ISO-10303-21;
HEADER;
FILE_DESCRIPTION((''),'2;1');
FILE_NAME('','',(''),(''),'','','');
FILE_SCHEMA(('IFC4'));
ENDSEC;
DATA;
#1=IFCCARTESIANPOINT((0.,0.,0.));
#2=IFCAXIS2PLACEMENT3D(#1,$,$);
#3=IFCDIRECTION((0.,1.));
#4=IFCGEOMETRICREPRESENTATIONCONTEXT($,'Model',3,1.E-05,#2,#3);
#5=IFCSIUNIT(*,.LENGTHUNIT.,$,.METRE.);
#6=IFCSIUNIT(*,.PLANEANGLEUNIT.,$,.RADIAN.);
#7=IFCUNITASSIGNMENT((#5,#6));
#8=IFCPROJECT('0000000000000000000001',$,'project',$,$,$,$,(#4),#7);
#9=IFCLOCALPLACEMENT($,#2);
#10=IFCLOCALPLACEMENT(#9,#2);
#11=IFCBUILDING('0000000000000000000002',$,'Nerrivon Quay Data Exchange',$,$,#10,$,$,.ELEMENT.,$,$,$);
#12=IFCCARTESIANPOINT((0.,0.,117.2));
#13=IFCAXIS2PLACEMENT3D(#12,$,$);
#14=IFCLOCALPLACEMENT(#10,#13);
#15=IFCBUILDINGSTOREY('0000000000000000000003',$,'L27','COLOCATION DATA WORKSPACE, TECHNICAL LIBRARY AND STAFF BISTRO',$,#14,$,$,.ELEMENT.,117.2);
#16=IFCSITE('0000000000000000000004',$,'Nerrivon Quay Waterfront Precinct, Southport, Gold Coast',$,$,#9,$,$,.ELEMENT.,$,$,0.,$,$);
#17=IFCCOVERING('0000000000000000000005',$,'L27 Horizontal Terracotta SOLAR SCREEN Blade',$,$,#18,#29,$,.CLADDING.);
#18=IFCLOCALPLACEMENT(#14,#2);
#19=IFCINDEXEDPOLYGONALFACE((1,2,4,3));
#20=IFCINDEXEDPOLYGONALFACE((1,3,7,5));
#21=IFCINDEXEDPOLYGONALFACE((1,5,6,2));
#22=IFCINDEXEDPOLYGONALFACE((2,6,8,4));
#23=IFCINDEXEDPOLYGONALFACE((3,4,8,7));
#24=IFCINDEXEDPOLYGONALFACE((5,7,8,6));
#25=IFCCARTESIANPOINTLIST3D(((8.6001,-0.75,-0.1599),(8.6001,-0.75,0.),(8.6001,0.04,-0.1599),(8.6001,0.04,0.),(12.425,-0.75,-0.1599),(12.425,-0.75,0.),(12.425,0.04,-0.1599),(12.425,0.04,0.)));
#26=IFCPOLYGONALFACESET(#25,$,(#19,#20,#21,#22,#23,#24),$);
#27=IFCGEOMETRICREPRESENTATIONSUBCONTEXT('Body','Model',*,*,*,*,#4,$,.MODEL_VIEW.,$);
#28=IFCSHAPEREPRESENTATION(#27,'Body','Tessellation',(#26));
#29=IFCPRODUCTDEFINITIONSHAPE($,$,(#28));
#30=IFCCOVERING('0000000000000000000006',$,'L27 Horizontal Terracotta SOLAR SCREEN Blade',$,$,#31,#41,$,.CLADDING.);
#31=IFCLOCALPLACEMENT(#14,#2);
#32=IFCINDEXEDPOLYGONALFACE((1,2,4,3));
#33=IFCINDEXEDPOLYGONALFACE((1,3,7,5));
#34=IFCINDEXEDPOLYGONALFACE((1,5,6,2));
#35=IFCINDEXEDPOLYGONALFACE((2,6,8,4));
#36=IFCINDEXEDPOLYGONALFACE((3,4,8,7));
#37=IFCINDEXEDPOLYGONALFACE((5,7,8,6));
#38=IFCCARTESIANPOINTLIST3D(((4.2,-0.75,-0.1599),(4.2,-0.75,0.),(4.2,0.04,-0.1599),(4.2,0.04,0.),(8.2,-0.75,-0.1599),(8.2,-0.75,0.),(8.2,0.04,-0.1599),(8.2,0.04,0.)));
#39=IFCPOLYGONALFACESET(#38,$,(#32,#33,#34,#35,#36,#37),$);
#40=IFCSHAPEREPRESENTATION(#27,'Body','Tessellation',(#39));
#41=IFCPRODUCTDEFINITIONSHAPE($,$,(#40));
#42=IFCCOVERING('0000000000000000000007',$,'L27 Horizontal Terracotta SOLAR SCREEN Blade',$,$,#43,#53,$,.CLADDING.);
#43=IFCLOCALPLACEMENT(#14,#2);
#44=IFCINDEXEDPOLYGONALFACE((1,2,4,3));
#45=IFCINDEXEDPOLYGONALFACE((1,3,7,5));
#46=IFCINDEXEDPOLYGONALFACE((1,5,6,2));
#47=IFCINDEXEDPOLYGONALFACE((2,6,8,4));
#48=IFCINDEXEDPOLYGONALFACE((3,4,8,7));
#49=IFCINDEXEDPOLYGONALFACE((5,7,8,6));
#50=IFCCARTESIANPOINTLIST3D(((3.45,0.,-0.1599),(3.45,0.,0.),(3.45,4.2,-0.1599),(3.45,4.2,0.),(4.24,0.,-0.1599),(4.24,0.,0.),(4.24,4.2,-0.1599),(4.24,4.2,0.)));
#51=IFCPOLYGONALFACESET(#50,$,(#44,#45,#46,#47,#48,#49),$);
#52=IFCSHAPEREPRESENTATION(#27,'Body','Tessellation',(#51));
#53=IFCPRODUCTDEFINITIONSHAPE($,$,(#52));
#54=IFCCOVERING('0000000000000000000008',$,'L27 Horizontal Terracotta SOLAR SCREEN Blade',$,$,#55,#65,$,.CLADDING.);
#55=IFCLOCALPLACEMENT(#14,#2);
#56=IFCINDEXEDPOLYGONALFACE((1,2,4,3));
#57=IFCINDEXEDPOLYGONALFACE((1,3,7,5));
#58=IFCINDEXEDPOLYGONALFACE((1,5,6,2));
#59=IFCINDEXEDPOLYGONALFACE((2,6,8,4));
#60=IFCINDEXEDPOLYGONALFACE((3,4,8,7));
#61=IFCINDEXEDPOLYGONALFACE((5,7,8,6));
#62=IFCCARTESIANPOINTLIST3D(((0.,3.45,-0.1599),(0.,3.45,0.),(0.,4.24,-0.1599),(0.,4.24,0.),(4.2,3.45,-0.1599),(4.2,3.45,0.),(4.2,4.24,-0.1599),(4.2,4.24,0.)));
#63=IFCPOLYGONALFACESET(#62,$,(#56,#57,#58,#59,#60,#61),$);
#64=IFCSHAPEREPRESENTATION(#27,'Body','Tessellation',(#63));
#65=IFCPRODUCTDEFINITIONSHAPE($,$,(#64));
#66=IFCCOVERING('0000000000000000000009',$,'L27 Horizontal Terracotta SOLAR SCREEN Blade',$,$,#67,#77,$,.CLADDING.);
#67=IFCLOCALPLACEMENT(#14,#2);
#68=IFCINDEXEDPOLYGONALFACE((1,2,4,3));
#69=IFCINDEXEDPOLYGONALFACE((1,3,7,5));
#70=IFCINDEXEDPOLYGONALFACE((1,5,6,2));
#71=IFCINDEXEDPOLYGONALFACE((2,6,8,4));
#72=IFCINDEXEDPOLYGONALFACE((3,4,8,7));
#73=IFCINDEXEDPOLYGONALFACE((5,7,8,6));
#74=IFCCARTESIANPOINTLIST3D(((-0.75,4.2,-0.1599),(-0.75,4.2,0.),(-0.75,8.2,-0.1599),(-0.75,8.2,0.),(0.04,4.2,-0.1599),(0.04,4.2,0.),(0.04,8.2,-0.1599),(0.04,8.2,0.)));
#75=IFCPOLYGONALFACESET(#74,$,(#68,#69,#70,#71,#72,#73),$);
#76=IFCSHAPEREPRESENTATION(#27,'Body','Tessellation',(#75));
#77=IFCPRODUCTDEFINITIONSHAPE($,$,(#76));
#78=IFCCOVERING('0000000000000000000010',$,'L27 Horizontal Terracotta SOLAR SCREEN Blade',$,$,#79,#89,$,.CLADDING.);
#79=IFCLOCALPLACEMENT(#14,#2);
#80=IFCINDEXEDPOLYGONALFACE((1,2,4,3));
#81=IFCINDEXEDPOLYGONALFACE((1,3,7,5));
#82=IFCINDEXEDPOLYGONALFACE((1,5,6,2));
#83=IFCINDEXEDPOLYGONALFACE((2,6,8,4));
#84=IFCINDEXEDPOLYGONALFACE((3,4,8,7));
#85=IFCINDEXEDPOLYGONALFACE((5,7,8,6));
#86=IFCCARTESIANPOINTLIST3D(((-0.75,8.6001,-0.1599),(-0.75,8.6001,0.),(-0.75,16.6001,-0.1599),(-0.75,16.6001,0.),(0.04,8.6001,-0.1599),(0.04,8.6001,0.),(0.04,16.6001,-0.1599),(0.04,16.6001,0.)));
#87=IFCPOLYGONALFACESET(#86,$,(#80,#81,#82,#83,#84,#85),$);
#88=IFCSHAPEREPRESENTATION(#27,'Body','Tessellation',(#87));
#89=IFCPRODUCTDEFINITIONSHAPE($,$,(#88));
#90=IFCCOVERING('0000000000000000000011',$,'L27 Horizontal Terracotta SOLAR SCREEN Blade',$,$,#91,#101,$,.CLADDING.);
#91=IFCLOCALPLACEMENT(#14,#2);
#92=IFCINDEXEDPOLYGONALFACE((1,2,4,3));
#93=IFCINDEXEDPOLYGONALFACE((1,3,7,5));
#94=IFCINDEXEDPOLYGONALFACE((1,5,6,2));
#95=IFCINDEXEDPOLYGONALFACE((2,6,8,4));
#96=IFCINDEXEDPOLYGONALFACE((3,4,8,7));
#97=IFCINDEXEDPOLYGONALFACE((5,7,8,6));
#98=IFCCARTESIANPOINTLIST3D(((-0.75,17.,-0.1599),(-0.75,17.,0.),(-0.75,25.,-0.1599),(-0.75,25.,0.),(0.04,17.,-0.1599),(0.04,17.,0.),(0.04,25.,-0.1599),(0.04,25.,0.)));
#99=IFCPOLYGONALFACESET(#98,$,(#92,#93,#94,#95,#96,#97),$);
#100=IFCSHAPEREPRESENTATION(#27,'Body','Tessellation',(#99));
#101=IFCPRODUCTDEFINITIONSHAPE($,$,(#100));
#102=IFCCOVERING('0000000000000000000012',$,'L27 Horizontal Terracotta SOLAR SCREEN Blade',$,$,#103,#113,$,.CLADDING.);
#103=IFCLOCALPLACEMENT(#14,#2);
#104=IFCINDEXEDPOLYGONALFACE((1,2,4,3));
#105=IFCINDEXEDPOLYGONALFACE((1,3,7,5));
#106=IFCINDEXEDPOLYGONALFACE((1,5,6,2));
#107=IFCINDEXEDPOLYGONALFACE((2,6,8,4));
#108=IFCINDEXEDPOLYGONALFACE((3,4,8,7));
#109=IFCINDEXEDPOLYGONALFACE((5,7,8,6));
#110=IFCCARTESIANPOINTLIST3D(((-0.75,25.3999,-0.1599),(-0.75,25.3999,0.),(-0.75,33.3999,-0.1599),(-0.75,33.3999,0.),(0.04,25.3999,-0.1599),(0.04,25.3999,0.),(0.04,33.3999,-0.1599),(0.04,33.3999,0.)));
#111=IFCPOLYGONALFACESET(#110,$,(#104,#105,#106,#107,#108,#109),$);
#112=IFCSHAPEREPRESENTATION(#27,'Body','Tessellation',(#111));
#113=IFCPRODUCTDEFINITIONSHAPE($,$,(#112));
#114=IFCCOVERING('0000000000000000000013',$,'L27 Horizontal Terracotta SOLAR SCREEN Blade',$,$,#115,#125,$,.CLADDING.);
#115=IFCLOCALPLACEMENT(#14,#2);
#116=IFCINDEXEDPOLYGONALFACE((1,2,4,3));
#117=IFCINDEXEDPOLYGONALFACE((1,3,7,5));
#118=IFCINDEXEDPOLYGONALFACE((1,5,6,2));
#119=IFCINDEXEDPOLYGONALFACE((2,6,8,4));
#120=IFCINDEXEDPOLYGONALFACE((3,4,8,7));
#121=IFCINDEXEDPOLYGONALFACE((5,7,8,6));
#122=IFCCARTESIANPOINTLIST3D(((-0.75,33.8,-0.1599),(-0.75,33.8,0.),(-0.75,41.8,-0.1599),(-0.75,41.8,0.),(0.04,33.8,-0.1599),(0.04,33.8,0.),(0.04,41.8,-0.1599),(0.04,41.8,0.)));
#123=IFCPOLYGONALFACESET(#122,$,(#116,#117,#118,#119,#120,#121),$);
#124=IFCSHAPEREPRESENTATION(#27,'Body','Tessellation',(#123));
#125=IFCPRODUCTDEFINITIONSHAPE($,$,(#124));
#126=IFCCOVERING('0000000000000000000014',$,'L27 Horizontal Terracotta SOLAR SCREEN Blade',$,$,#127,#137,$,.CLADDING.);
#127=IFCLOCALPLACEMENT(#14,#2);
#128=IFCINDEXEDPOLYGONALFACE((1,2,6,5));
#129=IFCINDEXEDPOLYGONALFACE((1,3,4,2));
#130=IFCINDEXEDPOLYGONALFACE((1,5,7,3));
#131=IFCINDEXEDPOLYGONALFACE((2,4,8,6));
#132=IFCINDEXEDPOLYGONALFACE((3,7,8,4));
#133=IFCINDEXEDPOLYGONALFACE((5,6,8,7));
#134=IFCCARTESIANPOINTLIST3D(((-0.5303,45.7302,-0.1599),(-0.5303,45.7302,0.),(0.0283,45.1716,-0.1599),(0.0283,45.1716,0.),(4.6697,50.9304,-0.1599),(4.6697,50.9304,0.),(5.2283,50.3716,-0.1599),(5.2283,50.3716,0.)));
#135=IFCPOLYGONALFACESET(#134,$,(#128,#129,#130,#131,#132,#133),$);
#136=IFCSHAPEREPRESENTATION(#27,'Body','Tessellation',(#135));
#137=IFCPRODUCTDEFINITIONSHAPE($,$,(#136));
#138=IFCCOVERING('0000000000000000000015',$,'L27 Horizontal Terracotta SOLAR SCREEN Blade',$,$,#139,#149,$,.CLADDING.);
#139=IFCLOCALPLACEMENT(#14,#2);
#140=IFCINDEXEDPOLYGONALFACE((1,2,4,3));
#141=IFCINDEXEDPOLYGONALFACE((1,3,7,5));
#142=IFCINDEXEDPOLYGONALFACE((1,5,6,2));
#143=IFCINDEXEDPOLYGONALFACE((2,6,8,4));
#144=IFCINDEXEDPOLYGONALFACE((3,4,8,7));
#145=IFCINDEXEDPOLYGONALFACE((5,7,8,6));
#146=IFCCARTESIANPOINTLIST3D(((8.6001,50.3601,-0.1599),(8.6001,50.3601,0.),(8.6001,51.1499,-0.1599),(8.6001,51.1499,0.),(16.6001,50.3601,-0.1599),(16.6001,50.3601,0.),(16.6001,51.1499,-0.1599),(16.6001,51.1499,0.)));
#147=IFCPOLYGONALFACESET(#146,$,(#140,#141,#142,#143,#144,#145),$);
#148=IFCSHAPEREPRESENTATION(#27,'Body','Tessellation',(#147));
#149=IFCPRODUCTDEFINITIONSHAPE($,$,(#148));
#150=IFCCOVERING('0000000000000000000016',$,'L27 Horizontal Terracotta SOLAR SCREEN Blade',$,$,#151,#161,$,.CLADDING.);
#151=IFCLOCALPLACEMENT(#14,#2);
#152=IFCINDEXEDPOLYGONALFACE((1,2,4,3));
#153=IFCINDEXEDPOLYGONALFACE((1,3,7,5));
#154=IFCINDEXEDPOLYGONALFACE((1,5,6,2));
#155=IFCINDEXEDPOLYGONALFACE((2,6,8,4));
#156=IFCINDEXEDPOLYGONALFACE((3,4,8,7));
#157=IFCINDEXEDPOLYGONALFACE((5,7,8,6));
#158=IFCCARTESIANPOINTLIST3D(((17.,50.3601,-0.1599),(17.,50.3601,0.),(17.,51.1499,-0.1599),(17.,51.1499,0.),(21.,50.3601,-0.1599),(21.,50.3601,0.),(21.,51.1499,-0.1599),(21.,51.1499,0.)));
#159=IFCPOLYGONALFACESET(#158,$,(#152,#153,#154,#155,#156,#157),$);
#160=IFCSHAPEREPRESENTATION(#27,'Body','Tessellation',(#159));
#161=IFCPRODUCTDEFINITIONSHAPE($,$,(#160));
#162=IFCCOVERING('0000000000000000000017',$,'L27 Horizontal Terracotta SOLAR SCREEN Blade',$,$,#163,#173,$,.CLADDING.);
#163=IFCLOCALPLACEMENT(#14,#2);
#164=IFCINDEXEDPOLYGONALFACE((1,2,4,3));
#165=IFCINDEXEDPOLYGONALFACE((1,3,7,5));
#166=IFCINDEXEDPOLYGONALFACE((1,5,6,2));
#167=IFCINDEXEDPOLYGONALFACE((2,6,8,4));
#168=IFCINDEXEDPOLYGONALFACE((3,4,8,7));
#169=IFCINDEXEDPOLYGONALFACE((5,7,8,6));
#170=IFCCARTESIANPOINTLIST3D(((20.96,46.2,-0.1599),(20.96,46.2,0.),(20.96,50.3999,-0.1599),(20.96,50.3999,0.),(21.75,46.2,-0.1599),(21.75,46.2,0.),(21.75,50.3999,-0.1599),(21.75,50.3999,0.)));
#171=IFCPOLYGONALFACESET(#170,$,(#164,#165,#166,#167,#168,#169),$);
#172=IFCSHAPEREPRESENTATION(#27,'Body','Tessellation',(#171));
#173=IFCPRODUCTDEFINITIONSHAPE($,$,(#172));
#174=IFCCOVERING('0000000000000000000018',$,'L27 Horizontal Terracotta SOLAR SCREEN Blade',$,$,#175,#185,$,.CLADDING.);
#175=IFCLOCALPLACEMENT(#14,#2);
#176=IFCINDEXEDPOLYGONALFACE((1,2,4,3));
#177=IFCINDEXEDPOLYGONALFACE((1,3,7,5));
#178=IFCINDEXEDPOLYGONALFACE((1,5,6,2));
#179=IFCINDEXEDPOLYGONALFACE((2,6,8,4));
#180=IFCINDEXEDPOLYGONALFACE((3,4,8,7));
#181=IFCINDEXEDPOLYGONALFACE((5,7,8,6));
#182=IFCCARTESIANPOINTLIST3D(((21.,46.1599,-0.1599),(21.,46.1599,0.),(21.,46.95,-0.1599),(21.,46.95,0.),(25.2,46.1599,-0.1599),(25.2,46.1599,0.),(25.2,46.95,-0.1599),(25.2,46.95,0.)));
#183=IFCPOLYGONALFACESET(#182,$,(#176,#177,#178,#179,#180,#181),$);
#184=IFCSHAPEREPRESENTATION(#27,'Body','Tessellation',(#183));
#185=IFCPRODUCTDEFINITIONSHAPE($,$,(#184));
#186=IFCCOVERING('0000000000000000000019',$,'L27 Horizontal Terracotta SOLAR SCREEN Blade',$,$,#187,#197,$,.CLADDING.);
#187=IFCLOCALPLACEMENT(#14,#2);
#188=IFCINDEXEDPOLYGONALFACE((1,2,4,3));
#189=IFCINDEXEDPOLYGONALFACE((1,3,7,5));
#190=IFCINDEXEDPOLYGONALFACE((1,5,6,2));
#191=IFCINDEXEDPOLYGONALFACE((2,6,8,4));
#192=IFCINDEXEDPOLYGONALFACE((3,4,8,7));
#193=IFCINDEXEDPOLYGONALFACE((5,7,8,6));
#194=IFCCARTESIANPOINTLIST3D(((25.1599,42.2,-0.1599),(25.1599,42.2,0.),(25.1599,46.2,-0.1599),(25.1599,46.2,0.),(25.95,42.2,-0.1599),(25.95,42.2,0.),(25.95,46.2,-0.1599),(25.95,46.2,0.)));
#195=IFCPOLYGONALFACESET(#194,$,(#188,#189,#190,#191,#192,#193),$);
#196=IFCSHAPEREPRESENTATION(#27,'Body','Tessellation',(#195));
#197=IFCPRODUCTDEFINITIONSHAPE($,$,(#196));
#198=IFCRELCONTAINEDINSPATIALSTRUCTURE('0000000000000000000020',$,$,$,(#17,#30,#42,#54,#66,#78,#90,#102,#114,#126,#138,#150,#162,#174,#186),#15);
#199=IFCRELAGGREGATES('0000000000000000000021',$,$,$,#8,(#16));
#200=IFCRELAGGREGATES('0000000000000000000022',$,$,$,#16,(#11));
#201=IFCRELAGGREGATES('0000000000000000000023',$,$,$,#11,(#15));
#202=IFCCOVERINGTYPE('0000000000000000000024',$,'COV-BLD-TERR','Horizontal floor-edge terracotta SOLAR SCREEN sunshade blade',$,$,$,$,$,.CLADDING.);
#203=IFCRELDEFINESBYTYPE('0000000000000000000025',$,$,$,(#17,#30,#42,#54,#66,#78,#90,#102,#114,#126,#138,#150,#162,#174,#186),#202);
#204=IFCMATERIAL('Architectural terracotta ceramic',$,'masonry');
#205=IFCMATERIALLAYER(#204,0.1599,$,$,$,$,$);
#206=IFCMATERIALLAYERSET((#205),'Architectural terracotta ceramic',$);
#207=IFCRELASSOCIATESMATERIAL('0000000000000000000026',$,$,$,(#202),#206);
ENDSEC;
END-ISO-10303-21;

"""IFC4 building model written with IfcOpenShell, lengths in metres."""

from ifc_helpers import new_model, si_unit, direction, frame, origin, place, context, subcontext, project, spatial, polyline, outline, extrude, material, layer, layer_set, type_object, element, save


model = new_model("IFC4")

# Units and contexts
model_context = context("Model", 3, precision=1e-05, world=origin(), true_north=direction((0.0, 1.0)))
body_context = subcontext(model_context, "Body", "Model", "MODEL_VIEW")
ifc_project = project(units=[si_unit("LENGTHUNIT", "METRE"), si_unit("PLANEANGLEUNIT", "RADIAN")], contexts=[model_context])

# Site, building, storey
site_placement = place(None, origin())
site = spatial("IfcSite", under=ifc_project, at=site_placement, Name="Nerrivon Quay Waterfront Precinct, Southport, Gold Coast", CompositionType="ELEMENT", RefElevation=0.0)
building_placement = place(site_placement, origin())
building = spatial("IfcBuilding", under=site, at=building_placement, Name="Nerrivon Quay Data Exchange", CompositionType="ELEMENT")
storey_placement = place(building_placement, frame((0.0, 0.0, 117.2)))
storey = spatial("IfcBuildingStorey", under=building, at=storey_placement, Name="L27", Description="COLOCATION DATA WORKSPACE, TECHNICAL LIBRARY AND STAFF BISTRO", CompositionType="ELEMENT", Elevation=117.2)

# Coverings
ifc_material_1 = material(Name="Architectural terracotta ceramic", Category="masonry")
ifc_layer_1 = layer(ifc_material_1, 0.1599)
ifc_layer_set_1 = layer_set([ifc_layer_1], Name="Architectural terracotta ceramic")
covering_type = type_object("IfcCoveringType", Name="COV-BLD-TERR", Description="Horizontal floor-edge terracotta SOLAR SCREEN sunshade blade", PredefinedType="CLADDING", material=ifc_layer_set_1)
covering_1_placement = place(storey_placement, frame((0.0, 0.0, -0.1599)))
element("IfcCovering", 1, at=covering_1_placement, inside=storey, type_object=covering_type, Name="L27 Horizontal Terracotta SOLAR SCREEN Blade", PredefinedType="CLADDING", context=body_context, shape_type="SweptSolid", body=[
    extrude(outline(polyline([(12.425, 0.04), (8.6001, 0.04), (8.6001, -0.75), (12.425, -0.75), (12.425, 0.04)])), origin(), (0.0, 0.0, 1.0), 0.1599),
])
covering_2_placement = place(storey_placement, frame((0.0, 0.0, -0.1599)))
element("IfcCovering", 2, at=covering_2_placement, inside=storey, type_object=covering_type, Name="L27 Horizontal Terracotta SOLAR SCREEN Blade", PredefinedType="CLADDING", context=body_context, shape_type="SweptSolid", body=[
    extrude(outline(polyline([(8.2, 0.04), (4.2, 0.04), (4.2, -0.75), (8.2, -0.75), (8.2, 0.04)])), origin(), (0.0, 0.0, 1.0), 0.1599),
])
covering_3_placement = place(storey_placement, frame((0.0, 0.0, -0.1599)))
element("IfcCovering", 3, at=covering_3_placement, inside=storey, type_object=covering_type, Name="L27 Horizontal Terracotta SOLAR SCREEN Blade", PredefinedType="CLADDING", context=body_context, shape_type="SweptSolid", body=[
    extrude(outline(polyline([(4.24, 0.0), (4.24, 4.2), (3.45, 4.2), (3.45, 0.0), (4.24, 0.0)])), origin(), (0.0, 0.0, 1.0), 0.1599),
])
covering_4_placement = place(storey_placement, frame((0.0, 0.0, -0.1599)))
element("IfcCovering", 4, at=covering_4_placement, inside=storey, type_object=covering_type, Name="L27 Horizontal Terracotta SOLAR SCREEN Blade", PredefinedType="CLADDING", context=body_context, shape_type="SweptSolid", body=[
    extrude(outline(polyline([(4.2, 4.24), (0.0, 4.24), (0.0, 3.45), (4.2, 3.45), (4.2, 4.24)])), origin(), (0.0, 0.0, 1.0), 0.1599),
])
covering_5_placement = place(storey_placement, frame((0.0, 0.0, -0.1599)))
element("IfcCovering", 5, at=covering_5_placement, inside=storey, type_object=covering_type, Name="L27 Horizontal Terracotta SOLAR SCREEN Blade", PredefinedType="CLADDING", context=body_context, shape_type="SweptSolid", body=[
    extrude(outline(polyline([(0.04, 4.2), (0.04, 8.2), (-0.75, 8.2), (-0.75, 4.2), (0.04, 4.2)])), origin(), (0.0, 0.0, 1.0), 0.1599),
])
covering_6_placement = place(storey_placement, frame((0.0, 0.0, -0.1599)))
element("IfcCovering", 6, at=covering_6_placement, inside=storey, type_object=covering_type, Name="L27 Horizontal Terracotta SOLAR SCREEN Blade", PredefinedType="CLADDING", context=body_context, shape_type="SweptSolid", body=[
    extrude(outline(polyline([(0.04, 8.6001), (0.04, 16.6001), (-0.75, 16.6001), (-0.75, 8.6001), (0.04, 8.6001)])), origin(), (0.0, 0.0, 1.0), 0.1599),
])
covering_7_placement = place(storey_placement, frame((0.0, 0.0, -0.1599)))
element("IfcCovering", 7, at=covering_7_placement, inside=storey, type_object=covering_type, Name="L27 Horizontal Terracotta SOLAR SCREEN Blade", PredefinedType="CLADDING", context=body_context, shape_type="SweptSolid", body=[
    extrude(outline(polyline([(0.04, 17.0), (0.04, 25.0), (-0.75, 25.0), (-0.75, 17.0), (0.04, 17.0)])), origin(), (0.0, 0.0, 1.0), 0.1599),
])
covering_8_placement = place(storey_placement, frame((0.0, 0.0, -0.1599)))
element("IfcCovering", 8, at=covering_8_placement, inside=storey, type_object=covering_type, Name="L27 Horizontal Terracotta SOLAR SCREEN Blade", PredefinedType="CLADDING", context=body_context, shape_type="SweptSolid", body=[
    extrude(outline(polyline([(0.04, 25.3999), (0.04, 33.3999), (-0.75, 33.3999), (-0.75, 25.3999), (0.04, 25.3999)])), origin(), (0.0, 0.0, 1.0), 0.1599),
])
covering_9_placement = place(storey_placement, frame((0.0, 0.0, -0.1599)))
element("IfcCovering", 9, at=covering_9_placement, inside=storey, type_object=covering_type, Name="L27 Horizontal Terracotta SOLAR SCREEN Blade", PredefinedType="CLADDING", context=body_context, shape_type="SweptSolid", body=[
    extrude(outline(polyline([(0.04, 33.8), (0.04, 41.8), (-0.75, 41.8), (-0.75, 33.8), (0.04, 33.8)])), origin(), (0.0, 0.0, 1.0), 0.1599),
])
covering_10_placement = place(storey_placement, frame((0.0, 0.0, -0.1599)))
element("IfcCovering", 10, at=covering_10_placement, inside=storey, type_object=covering_type, Name="L27 Horizontal Terracotta SOLAR SCREEN Blade", PredefinedType="CLADDING", context=body_context, shape_type="SweptSolid", body=[
    extrude(outline(polyline([(0.0283, 45.1716), (5.2283, 50.3716), (4.6697, 50.9304), (-0.5303, 45.7302), (0.0283, 45.1716)])), origin(), (0.0, 0.0, 1.0), 0.1599),
])
covering_11_placement = place(storey_placement, frame((0.0, 0.0, -0.1599)))
element("IfcCovering", 11, at=covering_11_placement, inside=storey, type_object=covering_type, Name="L27 Horizontal Terracotta SOLAR SCREEN Blade", PredefinedType="CLADDING", context=body_context, shape_type="SweptSolid", body=[
    extrude(outline(polyline([(8.6001, 50.3601), (16.6001, 50.3601), (16.6001, 51.1499), (8.6001, 51.1499), (8.6001, 50.3601)])), origin(), (0.0, 0.0, 1.0), 0.1599),
])
covering_12_placement = place(storey_placement, frame((0.0, 0.0, -0.1599)))
element("IfcCovering", 12, at=covering_12_placement, inside=storey, type_object=covering_type, Name="L27 Horizontal Terracotta SOLAR SCREEN Blade", PredefinedType="CLADDING", context=body_context, shape_type="SweptSolid", body=[
    extrude(outline(polyline([(17.0, 50.3601), (21.0, 50.3601), (21.0, 51.1499), (17.0, 51.1499), (17.0, 50.3601)])), origin(), (0.0, 0.0, 1.0), 0.1599),
])
covering_13_placement = place(storey_placement, frame((0.0, 0.0, -0.1599)))
element("IfcCovering", 13, at=covering_13_placement, inside=storey, type_object=covering_type, Name="L27 Horizontal Terracotta SOLAR SCREEN Blade", PredefinedType="CLADDING", context=body_context, shape_type="SweptSolid", body=[
    extrude(outline(polyline([(20.96, 50.3999), (20.96, 46.2), (21.75, 46.2), (21.75, 50.3999), (20.96, 50.3999)])), origin(), (0.0, 0.0, 1.0), 0.1599),
])
covering_14_placement = place(storey_placement, frame((0.0, 0.0, -0.1599)))
element("IfcCovering", 14, at=covering_14_placement, inside=storey, type_object=covering_type, Name="L27 Horizontal Terracotta SOLAR SCREEN Blade", PredefinedType="CLADDING", context=body_context, shape_type="SweptSolid", body=[
    extrude(outline(polyline([(21.0, 46.1599), (25.2, 46.1599), (25.2, 46.95), (21.0, 46.95), (21.0, 46.1599)])), origin(), (0.0, 0.0, 1.0), 0.1599),
])
covering_15_placement = place(storey_placement, frame((0.0, 0.0, -0.1599)))
element("IfcCovering", 15, at=covering_15_placement, inside=storey, type_object=covering_type, Name="L27 Horizontal Terracotta SOLAR SCREEN Blade", PredefinedType="CLADDING", context=body_context, shape_type="SweptSolid", body=[
    extrude(outline(polyline([(25.1599, 46.2), (25.1599, 42.2), (25.95, 42.2), (25.95, 46.2), (25.1599, 46.2)])), origin(), (0.0, 0.0, 1.0), 0.1599),
])

save(model, "model.ifc")
